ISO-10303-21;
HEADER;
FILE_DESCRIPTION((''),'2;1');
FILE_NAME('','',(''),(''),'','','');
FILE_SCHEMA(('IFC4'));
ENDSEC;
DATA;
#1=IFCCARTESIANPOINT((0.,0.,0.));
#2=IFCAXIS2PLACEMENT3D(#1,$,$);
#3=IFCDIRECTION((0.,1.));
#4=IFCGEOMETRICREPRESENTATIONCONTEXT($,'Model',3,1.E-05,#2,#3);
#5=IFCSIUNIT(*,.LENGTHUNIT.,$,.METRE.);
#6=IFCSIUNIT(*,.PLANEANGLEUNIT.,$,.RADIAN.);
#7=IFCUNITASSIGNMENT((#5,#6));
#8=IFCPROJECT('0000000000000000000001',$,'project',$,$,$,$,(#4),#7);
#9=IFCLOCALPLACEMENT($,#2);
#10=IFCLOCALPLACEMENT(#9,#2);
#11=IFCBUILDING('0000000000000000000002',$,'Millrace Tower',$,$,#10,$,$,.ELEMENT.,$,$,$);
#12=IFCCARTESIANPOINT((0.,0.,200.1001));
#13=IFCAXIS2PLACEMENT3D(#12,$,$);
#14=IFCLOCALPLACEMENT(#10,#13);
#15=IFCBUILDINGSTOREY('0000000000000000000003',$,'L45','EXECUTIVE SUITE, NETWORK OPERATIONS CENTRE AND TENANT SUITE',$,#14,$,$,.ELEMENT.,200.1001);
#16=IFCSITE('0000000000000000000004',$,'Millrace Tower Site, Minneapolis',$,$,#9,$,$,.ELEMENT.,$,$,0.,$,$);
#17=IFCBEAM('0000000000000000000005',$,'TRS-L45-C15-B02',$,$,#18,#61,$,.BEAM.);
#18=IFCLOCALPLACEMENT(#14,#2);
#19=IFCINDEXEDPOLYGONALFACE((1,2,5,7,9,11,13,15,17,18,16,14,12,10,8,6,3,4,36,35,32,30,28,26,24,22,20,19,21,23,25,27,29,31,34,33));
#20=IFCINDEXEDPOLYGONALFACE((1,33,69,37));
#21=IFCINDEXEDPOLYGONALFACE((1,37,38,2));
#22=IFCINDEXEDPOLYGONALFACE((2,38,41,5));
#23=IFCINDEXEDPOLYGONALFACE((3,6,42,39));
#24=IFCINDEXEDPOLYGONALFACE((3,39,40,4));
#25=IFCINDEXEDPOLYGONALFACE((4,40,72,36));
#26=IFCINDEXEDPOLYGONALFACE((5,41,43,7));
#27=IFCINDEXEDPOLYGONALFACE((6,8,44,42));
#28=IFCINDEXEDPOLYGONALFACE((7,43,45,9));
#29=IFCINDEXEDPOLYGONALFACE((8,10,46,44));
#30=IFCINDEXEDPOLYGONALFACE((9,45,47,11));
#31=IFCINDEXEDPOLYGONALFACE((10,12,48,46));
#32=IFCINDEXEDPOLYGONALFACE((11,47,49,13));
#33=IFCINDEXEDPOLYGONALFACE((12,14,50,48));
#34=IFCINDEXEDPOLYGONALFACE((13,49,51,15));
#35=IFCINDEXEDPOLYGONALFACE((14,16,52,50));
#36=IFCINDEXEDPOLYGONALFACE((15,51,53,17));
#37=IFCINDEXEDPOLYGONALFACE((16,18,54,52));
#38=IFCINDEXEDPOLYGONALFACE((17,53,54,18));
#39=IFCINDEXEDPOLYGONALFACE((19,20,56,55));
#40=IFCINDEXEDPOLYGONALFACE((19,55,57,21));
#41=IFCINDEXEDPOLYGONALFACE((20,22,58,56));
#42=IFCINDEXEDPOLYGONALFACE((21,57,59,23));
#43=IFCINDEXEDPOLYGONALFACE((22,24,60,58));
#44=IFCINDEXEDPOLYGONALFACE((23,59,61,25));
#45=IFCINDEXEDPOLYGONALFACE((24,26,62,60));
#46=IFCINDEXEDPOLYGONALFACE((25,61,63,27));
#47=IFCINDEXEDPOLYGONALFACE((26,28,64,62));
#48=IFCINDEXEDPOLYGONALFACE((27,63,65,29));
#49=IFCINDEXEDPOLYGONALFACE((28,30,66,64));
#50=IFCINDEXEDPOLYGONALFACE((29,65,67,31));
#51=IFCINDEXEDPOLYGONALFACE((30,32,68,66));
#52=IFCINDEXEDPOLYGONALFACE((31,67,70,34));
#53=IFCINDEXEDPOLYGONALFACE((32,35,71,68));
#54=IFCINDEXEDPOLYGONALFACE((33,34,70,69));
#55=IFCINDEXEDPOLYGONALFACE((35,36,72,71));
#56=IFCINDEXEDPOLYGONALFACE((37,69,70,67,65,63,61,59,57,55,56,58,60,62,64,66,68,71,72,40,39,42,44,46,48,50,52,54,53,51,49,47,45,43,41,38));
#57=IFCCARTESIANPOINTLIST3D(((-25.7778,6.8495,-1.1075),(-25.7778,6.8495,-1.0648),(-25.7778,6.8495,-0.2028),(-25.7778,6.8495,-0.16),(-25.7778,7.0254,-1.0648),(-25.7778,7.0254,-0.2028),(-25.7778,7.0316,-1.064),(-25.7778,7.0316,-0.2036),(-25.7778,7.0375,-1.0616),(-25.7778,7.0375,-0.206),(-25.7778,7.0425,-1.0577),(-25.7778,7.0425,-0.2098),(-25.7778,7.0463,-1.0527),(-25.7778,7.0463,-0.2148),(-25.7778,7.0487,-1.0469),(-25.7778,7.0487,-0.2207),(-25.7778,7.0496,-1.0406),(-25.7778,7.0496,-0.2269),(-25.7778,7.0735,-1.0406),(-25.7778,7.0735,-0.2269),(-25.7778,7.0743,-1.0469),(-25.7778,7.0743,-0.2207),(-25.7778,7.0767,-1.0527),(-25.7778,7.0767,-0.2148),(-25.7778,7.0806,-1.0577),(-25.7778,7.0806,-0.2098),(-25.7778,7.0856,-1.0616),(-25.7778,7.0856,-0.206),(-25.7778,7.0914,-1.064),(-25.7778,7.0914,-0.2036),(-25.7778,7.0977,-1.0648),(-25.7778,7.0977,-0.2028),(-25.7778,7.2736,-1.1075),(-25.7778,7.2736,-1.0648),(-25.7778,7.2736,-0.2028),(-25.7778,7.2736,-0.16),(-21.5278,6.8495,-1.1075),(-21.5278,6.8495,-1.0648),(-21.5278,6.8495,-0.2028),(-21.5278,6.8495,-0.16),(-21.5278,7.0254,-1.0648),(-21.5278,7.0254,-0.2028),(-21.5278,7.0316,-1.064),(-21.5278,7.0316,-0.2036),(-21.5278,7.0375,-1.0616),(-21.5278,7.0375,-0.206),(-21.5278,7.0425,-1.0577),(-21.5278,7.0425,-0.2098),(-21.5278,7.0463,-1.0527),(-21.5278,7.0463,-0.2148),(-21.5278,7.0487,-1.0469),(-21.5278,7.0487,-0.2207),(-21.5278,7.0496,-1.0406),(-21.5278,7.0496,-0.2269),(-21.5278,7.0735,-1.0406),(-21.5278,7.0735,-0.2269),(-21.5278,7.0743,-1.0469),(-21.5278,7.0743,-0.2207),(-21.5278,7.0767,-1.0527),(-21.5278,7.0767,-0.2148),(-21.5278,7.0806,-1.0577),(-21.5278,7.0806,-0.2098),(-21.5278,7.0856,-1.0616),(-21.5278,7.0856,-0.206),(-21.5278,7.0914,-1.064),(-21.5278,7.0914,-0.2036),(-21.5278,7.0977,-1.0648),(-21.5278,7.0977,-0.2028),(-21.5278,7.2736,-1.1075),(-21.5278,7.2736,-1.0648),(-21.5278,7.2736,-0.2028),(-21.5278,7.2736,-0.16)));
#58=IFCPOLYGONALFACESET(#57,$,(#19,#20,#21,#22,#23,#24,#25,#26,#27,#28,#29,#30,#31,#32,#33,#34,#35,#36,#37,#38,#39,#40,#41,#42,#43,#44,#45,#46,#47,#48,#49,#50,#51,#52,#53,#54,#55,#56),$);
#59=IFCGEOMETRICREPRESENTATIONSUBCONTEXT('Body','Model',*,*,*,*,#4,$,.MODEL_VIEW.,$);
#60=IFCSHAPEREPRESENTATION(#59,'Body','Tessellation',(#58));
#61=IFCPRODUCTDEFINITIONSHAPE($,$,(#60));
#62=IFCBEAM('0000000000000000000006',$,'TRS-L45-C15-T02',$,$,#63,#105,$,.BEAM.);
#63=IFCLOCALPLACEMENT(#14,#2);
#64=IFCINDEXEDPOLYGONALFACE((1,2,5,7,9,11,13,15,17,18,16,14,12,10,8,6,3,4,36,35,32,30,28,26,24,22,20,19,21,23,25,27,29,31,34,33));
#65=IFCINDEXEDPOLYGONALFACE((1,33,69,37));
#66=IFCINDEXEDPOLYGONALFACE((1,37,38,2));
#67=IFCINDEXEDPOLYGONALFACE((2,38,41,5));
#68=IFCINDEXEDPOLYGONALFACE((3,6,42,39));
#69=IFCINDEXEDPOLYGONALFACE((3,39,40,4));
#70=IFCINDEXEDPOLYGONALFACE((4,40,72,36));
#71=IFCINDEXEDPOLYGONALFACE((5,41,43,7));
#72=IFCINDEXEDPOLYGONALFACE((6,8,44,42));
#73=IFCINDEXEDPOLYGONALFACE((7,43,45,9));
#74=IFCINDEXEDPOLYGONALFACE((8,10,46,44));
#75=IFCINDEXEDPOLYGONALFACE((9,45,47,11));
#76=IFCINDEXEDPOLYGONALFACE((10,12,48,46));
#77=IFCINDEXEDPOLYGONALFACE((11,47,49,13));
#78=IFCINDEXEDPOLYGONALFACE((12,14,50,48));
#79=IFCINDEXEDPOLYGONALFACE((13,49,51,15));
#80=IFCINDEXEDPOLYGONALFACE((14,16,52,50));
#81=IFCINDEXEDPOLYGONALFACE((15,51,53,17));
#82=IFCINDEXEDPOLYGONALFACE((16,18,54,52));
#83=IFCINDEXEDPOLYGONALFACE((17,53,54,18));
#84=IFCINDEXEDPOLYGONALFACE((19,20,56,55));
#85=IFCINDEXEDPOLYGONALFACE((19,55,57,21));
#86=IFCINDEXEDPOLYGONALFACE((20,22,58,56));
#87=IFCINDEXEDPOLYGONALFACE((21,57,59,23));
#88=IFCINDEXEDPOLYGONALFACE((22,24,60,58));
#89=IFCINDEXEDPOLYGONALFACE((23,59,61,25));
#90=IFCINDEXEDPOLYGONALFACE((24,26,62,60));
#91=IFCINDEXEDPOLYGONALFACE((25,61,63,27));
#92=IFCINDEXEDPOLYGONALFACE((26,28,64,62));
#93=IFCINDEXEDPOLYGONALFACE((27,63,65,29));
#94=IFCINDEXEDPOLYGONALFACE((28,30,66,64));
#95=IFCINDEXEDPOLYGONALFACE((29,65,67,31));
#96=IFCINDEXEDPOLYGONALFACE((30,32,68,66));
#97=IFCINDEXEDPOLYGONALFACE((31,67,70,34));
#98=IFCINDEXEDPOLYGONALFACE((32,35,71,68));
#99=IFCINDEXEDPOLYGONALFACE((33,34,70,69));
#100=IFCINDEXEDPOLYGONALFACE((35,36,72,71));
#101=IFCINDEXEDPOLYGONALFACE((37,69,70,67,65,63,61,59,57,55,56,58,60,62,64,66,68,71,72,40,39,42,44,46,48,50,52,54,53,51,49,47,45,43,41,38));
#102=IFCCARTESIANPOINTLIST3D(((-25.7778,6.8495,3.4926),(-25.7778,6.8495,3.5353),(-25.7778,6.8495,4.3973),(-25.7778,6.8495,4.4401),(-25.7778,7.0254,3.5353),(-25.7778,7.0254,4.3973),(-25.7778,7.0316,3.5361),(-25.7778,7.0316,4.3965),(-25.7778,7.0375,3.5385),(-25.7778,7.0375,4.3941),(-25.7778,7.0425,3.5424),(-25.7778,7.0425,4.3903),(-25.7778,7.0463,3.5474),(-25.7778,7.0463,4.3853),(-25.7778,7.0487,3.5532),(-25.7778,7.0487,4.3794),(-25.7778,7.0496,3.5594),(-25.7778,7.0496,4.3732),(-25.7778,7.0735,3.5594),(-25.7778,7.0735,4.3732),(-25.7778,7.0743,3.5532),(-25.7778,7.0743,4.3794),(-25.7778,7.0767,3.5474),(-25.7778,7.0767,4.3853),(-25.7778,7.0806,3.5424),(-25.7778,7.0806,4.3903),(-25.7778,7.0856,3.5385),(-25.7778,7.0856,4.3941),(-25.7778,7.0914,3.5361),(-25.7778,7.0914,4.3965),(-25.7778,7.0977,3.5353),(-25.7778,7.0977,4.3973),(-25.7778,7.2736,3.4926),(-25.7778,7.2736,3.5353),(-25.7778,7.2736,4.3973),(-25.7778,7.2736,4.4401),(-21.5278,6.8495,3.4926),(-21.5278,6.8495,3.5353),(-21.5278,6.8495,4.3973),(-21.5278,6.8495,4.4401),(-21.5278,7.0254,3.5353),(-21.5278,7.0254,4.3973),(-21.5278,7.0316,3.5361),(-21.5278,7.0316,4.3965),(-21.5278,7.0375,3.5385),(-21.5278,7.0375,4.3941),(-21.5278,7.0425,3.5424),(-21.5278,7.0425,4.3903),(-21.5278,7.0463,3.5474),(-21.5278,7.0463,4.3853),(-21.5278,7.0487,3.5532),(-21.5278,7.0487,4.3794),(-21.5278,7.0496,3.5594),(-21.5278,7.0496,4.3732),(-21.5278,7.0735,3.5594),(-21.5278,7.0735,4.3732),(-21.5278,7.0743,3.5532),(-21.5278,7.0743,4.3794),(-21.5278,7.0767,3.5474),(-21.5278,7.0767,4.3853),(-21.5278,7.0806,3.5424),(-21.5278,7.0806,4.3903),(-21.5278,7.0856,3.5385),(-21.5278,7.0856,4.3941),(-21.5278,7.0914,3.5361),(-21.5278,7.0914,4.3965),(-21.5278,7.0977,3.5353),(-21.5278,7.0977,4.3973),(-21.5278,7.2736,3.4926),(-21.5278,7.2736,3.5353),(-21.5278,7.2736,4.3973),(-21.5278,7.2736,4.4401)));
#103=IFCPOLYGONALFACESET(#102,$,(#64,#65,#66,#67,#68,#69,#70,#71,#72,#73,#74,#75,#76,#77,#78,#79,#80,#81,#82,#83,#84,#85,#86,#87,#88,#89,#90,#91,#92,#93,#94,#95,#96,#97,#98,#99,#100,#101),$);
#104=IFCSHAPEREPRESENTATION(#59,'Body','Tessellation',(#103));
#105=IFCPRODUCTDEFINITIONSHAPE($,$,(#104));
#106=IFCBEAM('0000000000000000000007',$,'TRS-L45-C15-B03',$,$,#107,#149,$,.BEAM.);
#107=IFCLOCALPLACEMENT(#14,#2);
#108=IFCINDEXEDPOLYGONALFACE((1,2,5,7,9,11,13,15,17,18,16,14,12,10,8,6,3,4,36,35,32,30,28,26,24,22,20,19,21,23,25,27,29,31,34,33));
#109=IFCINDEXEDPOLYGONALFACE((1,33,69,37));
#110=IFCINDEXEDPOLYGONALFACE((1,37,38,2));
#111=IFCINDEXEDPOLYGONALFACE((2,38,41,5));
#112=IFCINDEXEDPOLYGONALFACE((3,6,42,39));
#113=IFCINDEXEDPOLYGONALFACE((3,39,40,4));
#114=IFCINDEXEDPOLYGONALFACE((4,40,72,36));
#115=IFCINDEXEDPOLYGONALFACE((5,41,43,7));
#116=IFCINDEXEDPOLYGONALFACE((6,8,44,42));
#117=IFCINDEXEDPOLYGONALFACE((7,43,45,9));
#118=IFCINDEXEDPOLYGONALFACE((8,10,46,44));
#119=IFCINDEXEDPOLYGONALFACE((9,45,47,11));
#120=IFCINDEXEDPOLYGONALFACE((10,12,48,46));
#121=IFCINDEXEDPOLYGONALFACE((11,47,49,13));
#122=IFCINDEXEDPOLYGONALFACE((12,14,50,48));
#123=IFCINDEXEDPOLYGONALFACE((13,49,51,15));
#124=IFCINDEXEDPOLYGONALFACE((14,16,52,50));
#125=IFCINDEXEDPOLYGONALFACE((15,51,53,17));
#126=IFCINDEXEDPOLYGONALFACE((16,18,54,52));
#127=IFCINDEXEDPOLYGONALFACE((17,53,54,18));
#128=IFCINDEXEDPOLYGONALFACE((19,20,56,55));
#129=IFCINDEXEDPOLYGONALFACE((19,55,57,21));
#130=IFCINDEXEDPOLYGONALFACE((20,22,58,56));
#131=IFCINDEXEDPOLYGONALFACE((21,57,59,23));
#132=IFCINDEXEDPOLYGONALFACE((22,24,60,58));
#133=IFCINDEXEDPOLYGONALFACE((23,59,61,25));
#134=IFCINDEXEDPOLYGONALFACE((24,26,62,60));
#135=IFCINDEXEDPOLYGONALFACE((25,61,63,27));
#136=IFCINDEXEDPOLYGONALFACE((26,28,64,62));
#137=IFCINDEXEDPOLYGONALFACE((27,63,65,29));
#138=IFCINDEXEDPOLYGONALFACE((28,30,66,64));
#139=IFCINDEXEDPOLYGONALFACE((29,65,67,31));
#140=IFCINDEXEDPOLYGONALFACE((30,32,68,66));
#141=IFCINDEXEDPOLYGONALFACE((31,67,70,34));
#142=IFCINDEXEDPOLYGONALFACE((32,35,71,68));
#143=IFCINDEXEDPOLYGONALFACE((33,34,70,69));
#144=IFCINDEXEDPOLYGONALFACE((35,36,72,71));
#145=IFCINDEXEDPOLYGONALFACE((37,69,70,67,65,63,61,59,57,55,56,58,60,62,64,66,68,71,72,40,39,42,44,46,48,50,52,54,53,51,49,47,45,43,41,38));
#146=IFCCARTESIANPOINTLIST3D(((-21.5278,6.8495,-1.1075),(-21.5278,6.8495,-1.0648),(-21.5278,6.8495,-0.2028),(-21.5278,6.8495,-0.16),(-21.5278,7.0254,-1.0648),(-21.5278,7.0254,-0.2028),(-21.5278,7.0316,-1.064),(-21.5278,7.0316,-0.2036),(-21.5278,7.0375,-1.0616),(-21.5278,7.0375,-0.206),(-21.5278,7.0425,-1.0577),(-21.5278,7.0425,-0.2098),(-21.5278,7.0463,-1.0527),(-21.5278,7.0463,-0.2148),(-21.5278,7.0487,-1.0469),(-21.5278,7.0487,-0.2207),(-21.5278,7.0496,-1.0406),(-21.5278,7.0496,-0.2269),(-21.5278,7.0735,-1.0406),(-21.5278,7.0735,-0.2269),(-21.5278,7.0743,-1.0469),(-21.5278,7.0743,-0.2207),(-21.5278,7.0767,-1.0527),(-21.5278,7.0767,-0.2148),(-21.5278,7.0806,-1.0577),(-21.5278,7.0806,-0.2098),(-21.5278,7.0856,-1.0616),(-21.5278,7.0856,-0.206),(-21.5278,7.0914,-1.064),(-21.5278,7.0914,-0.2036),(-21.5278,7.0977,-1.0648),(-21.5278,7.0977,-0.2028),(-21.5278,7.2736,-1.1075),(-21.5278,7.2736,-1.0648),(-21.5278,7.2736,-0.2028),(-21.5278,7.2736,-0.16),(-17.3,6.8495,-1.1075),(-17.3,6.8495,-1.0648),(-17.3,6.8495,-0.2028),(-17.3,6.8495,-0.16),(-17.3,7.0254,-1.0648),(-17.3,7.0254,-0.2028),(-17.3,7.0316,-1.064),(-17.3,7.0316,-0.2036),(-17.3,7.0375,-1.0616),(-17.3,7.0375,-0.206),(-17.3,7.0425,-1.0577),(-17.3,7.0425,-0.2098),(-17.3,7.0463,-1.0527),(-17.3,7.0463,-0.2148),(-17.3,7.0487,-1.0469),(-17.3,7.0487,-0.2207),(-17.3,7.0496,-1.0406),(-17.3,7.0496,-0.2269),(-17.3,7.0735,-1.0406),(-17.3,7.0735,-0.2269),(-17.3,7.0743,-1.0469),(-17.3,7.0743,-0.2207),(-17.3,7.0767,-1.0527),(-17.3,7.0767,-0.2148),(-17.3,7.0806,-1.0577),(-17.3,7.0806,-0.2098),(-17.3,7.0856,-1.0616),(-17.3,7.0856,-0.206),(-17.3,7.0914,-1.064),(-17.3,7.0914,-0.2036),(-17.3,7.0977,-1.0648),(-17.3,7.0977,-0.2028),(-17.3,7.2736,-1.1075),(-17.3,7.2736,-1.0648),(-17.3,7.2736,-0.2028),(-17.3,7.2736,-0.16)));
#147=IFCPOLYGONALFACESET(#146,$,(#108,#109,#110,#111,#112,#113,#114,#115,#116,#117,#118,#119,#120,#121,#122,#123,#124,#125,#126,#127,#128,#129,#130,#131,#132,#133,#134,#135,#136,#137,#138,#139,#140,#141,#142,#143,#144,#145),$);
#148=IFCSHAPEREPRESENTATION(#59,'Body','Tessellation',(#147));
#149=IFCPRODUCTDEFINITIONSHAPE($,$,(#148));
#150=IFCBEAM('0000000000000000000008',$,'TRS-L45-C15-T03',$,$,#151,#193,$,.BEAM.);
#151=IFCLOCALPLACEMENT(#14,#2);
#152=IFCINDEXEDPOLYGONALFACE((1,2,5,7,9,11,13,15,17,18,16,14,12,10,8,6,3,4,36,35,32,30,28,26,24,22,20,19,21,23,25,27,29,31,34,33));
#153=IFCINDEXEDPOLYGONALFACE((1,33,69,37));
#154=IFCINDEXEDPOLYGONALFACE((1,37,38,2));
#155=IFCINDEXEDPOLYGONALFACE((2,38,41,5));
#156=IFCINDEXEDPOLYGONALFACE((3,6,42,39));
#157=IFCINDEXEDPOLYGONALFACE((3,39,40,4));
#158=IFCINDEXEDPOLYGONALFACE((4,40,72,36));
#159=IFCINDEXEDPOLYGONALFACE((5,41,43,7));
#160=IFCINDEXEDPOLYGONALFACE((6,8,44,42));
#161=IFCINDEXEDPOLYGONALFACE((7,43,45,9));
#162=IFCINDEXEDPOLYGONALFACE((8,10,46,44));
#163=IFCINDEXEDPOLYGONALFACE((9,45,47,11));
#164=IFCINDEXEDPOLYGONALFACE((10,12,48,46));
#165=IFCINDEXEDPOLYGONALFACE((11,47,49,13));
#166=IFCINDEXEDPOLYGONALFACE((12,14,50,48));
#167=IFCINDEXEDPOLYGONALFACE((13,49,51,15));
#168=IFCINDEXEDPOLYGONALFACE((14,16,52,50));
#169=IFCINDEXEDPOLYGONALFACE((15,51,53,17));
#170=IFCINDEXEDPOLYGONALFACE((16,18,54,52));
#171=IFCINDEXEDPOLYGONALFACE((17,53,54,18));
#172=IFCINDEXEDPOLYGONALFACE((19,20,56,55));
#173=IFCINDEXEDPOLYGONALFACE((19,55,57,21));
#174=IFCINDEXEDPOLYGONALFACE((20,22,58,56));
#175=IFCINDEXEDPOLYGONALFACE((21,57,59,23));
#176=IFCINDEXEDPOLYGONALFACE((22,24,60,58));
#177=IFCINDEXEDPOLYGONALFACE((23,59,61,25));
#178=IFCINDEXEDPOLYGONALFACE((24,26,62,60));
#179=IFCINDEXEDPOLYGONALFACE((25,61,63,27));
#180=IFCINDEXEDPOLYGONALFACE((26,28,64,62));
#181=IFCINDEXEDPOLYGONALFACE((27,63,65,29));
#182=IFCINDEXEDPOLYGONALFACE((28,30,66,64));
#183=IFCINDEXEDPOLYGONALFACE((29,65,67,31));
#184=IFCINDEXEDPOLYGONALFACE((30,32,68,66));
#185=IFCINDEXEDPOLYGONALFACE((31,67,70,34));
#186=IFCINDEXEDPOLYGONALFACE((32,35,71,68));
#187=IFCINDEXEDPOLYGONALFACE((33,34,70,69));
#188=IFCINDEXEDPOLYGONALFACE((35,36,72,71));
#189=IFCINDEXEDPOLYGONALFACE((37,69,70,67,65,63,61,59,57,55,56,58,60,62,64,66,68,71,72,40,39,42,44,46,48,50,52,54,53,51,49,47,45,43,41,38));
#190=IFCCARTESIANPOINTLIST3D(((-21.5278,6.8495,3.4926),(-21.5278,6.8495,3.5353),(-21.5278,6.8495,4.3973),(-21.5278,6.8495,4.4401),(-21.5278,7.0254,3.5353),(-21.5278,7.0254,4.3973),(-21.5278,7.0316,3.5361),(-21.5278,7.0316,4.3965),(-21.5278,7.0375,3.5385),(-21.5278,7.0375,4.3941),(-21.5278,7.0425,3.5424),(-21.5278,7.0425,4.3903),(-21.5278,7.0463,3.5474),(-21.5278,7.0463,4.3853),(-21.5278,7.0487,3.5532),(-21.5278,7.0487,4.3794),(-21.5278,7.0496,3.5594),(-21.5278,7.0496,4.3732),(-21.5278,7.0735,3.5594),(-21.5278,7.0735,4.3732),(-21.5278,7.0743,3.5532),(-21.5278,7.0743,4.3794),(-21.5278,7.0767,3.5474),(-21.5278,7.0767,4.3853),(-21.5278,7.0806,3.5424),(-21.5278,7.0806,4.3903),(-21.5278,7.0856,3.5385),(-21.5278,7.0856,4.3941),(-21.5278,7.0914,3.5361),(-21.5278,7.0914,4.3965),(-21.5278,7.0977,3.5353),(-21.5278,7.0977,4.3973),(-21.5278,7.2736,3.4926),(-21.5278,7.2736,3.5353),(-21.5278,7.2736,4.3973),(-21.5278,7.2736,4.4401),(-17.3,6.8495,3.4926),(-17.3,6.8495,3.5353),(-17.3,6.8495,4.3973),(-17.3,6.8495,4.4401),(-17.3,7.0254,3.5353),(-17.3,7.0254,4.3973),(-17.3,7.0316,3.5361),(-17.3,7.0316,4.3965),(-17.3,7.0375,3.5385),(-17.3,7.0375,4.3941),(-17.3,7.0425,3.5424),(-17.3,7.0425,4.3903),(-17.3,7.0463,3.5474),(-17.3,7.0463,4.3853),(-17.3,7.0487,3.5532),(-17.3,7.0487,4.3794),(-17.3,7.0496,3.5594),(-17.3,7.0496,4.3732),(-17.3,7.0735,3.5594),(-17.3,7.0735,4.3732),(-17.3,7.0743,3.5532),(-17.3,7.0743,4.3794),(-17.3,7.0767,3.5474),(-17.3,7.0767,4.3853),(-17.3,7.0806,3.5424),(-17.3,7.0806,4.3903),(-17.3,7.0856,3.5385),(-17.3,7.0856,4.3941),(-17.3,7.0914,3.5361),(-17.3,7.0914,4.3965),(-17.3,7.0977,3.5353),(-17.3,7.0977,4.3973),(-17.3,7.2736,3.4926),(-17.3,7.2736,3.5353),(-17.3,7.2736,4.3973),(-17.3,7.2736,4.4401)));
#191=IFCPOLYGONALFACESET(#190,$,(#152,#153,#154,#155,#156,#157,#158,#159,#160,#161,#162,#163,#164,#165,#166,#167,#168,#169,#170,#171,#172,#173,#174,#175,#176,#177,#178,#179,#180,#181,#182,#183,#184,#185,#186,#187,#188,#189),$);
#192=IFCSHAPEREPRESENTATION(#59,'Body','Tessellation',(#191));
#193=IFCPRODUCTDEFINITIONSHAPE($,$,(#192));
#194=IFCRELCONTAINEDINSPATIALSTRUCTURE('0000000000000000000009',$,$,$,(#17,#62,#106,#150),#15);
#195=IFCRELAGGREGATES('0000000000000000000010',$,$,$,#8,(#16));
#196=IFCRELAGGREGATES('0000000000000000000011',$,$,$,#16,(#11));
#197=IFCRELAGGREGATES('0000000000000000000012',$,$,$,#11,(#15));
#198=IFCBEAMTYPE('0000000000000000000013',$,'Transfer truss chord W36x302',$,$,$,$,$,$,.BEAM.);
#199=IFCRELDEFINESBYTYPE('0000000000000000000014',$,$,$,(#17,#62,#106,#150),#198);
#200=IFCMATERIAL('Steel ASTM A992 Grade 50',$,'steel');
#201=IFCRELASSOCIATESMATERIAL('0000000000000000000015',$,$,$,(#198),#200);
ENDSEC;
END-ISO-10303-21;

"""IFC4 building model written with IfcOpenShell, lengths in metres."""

from ifc_helpers import new_model, si_unit, direction, frame, origin, origin_2d, place, context, subcontext, project, spatial, i_section, extrude, material, material_profile, profile_set, type_object, element, save


model = new_model("IFC4")

# Units and contexts
model_context = context("Model", 3, precision=1e-05, world=origin(), true_north=direction((0.0, 1.0)))
body_context = subcontext(model_context, "Body", "Model", "MODEL_VIEW")
ifc_project = project(units=[si_unit("LENGTHUNIT", "METRE"), si_unit("PLANEANGLEUNIT", "RADIAN")], contexts=[model_context])

# Site, building, storey
site_placement = place(None, origin())
site = spatial("IfcSite", under=ifc_project, at=site_placement, Name="Millrace Tower Site, Minneapolis", CompositionType="ELEMENT", RefElevation=0.0)
building_placement = place(site_placement, origin())
building = spatial("IfcBuilding", under=site, at=building_placement, Name="Millrace Tower", CompositionType="ELEMENT")
storey_placement = place(building_placement, frame((0.0, 0.0, 200.1001)))
storey = spatial("IfcBuildingStorey", under=building, at=storey_placement, Name="L45", Description="EXECUTIVE SUITE, NETWORK OPERATIONS CENTRE AND TENANT SUITE", CompositionType="ELEMENT", Elevation=200.1001)

# Beams
ifc_material_1 = material(Name="Steel ASTM A992 Grade 50", Category="steel")
ifc_material_profile_1 = material_profile(ifc_material_1, i_section(OverallWidth=0.4241, OverallDepth=0.9475, WebThickness=0.0239, FlangeThickness=0.0427, FilletRadius=0.0242, at=origin_2d()))
ifc_profile_set_1 = profile_set([ifc_material_profile_1], Name="Steel ASTM A992 Grade 50")
beam_type_1 = type_object("IfcBeamType", Name="Transfer truss chord W36x302", PredefinedType="BEAM", material=ifc_profile_set_1)
for number, where, z_axis, x_axis, name in (
    (1, (-25.7778, 7.0615, -0.6338), (1.0, 0.0, 0.0), (0.0, 1.0, 0.0), "TRS-L45-C15-B02"),
    (2, (-25.7778, 7.0615, 3.9663), (1.0, 0.0, 0.0), (0.0, 1.0, 0.0), "TRS-L45-C15-T02"),
):
    element("IfcBeam", number, at=place(storey_placement, frame(where, z_axis=z_axis, x_axis=x_axis)), inside=storey, type_object=beam_type_1, Name=name, PredefinedType="BEAM", context=body_context, shape_type="SweptSolid", body=[
        extrude(i_section(OverallWidth=0.4241, OverallDepth=0.9475, WebThickness=0.0239, FlangeThickness=0.0427, FilletRadius=0.0242, at=origin_2d()), origin(), (0.0, 0.0, 1.0), 4.25),
    ])
for number, where, z_axis, x_axis, name in (
    (3, (-21.5278, 7.0615, -0.6338), (1.0, 0.0, 0.0), (0.0, 1.0, 0.0), "TRS-L45-C15-B03"),
    (4, (-21.5278, 7.0615, 3.9663), (1.0, 0.0, 0.0), (0.0, 1.0, 0.0), "TRS-L45-C15-T03"),
):
    element("IfcBeam", number, at=place(storey_placement, frame(where, z_axis=z_axis, x_axis=x_axis)), inside=storey, type_object=beam_type_1, Name=name, PredefinedType="BEAM", context=body_context, shape_type="SweptSolid", body=[
        extrude(i_section(OverallWidth=0.4241, OverallDepth=0.9475, WebThickness=0.0239, FlangeThickness=0.0427, FilletRadius=0.0242, at=origin_2d()), origin(), (0.0, 0.0, 1.0), 4.2278),
    ])

save(model, "model.ifc")
